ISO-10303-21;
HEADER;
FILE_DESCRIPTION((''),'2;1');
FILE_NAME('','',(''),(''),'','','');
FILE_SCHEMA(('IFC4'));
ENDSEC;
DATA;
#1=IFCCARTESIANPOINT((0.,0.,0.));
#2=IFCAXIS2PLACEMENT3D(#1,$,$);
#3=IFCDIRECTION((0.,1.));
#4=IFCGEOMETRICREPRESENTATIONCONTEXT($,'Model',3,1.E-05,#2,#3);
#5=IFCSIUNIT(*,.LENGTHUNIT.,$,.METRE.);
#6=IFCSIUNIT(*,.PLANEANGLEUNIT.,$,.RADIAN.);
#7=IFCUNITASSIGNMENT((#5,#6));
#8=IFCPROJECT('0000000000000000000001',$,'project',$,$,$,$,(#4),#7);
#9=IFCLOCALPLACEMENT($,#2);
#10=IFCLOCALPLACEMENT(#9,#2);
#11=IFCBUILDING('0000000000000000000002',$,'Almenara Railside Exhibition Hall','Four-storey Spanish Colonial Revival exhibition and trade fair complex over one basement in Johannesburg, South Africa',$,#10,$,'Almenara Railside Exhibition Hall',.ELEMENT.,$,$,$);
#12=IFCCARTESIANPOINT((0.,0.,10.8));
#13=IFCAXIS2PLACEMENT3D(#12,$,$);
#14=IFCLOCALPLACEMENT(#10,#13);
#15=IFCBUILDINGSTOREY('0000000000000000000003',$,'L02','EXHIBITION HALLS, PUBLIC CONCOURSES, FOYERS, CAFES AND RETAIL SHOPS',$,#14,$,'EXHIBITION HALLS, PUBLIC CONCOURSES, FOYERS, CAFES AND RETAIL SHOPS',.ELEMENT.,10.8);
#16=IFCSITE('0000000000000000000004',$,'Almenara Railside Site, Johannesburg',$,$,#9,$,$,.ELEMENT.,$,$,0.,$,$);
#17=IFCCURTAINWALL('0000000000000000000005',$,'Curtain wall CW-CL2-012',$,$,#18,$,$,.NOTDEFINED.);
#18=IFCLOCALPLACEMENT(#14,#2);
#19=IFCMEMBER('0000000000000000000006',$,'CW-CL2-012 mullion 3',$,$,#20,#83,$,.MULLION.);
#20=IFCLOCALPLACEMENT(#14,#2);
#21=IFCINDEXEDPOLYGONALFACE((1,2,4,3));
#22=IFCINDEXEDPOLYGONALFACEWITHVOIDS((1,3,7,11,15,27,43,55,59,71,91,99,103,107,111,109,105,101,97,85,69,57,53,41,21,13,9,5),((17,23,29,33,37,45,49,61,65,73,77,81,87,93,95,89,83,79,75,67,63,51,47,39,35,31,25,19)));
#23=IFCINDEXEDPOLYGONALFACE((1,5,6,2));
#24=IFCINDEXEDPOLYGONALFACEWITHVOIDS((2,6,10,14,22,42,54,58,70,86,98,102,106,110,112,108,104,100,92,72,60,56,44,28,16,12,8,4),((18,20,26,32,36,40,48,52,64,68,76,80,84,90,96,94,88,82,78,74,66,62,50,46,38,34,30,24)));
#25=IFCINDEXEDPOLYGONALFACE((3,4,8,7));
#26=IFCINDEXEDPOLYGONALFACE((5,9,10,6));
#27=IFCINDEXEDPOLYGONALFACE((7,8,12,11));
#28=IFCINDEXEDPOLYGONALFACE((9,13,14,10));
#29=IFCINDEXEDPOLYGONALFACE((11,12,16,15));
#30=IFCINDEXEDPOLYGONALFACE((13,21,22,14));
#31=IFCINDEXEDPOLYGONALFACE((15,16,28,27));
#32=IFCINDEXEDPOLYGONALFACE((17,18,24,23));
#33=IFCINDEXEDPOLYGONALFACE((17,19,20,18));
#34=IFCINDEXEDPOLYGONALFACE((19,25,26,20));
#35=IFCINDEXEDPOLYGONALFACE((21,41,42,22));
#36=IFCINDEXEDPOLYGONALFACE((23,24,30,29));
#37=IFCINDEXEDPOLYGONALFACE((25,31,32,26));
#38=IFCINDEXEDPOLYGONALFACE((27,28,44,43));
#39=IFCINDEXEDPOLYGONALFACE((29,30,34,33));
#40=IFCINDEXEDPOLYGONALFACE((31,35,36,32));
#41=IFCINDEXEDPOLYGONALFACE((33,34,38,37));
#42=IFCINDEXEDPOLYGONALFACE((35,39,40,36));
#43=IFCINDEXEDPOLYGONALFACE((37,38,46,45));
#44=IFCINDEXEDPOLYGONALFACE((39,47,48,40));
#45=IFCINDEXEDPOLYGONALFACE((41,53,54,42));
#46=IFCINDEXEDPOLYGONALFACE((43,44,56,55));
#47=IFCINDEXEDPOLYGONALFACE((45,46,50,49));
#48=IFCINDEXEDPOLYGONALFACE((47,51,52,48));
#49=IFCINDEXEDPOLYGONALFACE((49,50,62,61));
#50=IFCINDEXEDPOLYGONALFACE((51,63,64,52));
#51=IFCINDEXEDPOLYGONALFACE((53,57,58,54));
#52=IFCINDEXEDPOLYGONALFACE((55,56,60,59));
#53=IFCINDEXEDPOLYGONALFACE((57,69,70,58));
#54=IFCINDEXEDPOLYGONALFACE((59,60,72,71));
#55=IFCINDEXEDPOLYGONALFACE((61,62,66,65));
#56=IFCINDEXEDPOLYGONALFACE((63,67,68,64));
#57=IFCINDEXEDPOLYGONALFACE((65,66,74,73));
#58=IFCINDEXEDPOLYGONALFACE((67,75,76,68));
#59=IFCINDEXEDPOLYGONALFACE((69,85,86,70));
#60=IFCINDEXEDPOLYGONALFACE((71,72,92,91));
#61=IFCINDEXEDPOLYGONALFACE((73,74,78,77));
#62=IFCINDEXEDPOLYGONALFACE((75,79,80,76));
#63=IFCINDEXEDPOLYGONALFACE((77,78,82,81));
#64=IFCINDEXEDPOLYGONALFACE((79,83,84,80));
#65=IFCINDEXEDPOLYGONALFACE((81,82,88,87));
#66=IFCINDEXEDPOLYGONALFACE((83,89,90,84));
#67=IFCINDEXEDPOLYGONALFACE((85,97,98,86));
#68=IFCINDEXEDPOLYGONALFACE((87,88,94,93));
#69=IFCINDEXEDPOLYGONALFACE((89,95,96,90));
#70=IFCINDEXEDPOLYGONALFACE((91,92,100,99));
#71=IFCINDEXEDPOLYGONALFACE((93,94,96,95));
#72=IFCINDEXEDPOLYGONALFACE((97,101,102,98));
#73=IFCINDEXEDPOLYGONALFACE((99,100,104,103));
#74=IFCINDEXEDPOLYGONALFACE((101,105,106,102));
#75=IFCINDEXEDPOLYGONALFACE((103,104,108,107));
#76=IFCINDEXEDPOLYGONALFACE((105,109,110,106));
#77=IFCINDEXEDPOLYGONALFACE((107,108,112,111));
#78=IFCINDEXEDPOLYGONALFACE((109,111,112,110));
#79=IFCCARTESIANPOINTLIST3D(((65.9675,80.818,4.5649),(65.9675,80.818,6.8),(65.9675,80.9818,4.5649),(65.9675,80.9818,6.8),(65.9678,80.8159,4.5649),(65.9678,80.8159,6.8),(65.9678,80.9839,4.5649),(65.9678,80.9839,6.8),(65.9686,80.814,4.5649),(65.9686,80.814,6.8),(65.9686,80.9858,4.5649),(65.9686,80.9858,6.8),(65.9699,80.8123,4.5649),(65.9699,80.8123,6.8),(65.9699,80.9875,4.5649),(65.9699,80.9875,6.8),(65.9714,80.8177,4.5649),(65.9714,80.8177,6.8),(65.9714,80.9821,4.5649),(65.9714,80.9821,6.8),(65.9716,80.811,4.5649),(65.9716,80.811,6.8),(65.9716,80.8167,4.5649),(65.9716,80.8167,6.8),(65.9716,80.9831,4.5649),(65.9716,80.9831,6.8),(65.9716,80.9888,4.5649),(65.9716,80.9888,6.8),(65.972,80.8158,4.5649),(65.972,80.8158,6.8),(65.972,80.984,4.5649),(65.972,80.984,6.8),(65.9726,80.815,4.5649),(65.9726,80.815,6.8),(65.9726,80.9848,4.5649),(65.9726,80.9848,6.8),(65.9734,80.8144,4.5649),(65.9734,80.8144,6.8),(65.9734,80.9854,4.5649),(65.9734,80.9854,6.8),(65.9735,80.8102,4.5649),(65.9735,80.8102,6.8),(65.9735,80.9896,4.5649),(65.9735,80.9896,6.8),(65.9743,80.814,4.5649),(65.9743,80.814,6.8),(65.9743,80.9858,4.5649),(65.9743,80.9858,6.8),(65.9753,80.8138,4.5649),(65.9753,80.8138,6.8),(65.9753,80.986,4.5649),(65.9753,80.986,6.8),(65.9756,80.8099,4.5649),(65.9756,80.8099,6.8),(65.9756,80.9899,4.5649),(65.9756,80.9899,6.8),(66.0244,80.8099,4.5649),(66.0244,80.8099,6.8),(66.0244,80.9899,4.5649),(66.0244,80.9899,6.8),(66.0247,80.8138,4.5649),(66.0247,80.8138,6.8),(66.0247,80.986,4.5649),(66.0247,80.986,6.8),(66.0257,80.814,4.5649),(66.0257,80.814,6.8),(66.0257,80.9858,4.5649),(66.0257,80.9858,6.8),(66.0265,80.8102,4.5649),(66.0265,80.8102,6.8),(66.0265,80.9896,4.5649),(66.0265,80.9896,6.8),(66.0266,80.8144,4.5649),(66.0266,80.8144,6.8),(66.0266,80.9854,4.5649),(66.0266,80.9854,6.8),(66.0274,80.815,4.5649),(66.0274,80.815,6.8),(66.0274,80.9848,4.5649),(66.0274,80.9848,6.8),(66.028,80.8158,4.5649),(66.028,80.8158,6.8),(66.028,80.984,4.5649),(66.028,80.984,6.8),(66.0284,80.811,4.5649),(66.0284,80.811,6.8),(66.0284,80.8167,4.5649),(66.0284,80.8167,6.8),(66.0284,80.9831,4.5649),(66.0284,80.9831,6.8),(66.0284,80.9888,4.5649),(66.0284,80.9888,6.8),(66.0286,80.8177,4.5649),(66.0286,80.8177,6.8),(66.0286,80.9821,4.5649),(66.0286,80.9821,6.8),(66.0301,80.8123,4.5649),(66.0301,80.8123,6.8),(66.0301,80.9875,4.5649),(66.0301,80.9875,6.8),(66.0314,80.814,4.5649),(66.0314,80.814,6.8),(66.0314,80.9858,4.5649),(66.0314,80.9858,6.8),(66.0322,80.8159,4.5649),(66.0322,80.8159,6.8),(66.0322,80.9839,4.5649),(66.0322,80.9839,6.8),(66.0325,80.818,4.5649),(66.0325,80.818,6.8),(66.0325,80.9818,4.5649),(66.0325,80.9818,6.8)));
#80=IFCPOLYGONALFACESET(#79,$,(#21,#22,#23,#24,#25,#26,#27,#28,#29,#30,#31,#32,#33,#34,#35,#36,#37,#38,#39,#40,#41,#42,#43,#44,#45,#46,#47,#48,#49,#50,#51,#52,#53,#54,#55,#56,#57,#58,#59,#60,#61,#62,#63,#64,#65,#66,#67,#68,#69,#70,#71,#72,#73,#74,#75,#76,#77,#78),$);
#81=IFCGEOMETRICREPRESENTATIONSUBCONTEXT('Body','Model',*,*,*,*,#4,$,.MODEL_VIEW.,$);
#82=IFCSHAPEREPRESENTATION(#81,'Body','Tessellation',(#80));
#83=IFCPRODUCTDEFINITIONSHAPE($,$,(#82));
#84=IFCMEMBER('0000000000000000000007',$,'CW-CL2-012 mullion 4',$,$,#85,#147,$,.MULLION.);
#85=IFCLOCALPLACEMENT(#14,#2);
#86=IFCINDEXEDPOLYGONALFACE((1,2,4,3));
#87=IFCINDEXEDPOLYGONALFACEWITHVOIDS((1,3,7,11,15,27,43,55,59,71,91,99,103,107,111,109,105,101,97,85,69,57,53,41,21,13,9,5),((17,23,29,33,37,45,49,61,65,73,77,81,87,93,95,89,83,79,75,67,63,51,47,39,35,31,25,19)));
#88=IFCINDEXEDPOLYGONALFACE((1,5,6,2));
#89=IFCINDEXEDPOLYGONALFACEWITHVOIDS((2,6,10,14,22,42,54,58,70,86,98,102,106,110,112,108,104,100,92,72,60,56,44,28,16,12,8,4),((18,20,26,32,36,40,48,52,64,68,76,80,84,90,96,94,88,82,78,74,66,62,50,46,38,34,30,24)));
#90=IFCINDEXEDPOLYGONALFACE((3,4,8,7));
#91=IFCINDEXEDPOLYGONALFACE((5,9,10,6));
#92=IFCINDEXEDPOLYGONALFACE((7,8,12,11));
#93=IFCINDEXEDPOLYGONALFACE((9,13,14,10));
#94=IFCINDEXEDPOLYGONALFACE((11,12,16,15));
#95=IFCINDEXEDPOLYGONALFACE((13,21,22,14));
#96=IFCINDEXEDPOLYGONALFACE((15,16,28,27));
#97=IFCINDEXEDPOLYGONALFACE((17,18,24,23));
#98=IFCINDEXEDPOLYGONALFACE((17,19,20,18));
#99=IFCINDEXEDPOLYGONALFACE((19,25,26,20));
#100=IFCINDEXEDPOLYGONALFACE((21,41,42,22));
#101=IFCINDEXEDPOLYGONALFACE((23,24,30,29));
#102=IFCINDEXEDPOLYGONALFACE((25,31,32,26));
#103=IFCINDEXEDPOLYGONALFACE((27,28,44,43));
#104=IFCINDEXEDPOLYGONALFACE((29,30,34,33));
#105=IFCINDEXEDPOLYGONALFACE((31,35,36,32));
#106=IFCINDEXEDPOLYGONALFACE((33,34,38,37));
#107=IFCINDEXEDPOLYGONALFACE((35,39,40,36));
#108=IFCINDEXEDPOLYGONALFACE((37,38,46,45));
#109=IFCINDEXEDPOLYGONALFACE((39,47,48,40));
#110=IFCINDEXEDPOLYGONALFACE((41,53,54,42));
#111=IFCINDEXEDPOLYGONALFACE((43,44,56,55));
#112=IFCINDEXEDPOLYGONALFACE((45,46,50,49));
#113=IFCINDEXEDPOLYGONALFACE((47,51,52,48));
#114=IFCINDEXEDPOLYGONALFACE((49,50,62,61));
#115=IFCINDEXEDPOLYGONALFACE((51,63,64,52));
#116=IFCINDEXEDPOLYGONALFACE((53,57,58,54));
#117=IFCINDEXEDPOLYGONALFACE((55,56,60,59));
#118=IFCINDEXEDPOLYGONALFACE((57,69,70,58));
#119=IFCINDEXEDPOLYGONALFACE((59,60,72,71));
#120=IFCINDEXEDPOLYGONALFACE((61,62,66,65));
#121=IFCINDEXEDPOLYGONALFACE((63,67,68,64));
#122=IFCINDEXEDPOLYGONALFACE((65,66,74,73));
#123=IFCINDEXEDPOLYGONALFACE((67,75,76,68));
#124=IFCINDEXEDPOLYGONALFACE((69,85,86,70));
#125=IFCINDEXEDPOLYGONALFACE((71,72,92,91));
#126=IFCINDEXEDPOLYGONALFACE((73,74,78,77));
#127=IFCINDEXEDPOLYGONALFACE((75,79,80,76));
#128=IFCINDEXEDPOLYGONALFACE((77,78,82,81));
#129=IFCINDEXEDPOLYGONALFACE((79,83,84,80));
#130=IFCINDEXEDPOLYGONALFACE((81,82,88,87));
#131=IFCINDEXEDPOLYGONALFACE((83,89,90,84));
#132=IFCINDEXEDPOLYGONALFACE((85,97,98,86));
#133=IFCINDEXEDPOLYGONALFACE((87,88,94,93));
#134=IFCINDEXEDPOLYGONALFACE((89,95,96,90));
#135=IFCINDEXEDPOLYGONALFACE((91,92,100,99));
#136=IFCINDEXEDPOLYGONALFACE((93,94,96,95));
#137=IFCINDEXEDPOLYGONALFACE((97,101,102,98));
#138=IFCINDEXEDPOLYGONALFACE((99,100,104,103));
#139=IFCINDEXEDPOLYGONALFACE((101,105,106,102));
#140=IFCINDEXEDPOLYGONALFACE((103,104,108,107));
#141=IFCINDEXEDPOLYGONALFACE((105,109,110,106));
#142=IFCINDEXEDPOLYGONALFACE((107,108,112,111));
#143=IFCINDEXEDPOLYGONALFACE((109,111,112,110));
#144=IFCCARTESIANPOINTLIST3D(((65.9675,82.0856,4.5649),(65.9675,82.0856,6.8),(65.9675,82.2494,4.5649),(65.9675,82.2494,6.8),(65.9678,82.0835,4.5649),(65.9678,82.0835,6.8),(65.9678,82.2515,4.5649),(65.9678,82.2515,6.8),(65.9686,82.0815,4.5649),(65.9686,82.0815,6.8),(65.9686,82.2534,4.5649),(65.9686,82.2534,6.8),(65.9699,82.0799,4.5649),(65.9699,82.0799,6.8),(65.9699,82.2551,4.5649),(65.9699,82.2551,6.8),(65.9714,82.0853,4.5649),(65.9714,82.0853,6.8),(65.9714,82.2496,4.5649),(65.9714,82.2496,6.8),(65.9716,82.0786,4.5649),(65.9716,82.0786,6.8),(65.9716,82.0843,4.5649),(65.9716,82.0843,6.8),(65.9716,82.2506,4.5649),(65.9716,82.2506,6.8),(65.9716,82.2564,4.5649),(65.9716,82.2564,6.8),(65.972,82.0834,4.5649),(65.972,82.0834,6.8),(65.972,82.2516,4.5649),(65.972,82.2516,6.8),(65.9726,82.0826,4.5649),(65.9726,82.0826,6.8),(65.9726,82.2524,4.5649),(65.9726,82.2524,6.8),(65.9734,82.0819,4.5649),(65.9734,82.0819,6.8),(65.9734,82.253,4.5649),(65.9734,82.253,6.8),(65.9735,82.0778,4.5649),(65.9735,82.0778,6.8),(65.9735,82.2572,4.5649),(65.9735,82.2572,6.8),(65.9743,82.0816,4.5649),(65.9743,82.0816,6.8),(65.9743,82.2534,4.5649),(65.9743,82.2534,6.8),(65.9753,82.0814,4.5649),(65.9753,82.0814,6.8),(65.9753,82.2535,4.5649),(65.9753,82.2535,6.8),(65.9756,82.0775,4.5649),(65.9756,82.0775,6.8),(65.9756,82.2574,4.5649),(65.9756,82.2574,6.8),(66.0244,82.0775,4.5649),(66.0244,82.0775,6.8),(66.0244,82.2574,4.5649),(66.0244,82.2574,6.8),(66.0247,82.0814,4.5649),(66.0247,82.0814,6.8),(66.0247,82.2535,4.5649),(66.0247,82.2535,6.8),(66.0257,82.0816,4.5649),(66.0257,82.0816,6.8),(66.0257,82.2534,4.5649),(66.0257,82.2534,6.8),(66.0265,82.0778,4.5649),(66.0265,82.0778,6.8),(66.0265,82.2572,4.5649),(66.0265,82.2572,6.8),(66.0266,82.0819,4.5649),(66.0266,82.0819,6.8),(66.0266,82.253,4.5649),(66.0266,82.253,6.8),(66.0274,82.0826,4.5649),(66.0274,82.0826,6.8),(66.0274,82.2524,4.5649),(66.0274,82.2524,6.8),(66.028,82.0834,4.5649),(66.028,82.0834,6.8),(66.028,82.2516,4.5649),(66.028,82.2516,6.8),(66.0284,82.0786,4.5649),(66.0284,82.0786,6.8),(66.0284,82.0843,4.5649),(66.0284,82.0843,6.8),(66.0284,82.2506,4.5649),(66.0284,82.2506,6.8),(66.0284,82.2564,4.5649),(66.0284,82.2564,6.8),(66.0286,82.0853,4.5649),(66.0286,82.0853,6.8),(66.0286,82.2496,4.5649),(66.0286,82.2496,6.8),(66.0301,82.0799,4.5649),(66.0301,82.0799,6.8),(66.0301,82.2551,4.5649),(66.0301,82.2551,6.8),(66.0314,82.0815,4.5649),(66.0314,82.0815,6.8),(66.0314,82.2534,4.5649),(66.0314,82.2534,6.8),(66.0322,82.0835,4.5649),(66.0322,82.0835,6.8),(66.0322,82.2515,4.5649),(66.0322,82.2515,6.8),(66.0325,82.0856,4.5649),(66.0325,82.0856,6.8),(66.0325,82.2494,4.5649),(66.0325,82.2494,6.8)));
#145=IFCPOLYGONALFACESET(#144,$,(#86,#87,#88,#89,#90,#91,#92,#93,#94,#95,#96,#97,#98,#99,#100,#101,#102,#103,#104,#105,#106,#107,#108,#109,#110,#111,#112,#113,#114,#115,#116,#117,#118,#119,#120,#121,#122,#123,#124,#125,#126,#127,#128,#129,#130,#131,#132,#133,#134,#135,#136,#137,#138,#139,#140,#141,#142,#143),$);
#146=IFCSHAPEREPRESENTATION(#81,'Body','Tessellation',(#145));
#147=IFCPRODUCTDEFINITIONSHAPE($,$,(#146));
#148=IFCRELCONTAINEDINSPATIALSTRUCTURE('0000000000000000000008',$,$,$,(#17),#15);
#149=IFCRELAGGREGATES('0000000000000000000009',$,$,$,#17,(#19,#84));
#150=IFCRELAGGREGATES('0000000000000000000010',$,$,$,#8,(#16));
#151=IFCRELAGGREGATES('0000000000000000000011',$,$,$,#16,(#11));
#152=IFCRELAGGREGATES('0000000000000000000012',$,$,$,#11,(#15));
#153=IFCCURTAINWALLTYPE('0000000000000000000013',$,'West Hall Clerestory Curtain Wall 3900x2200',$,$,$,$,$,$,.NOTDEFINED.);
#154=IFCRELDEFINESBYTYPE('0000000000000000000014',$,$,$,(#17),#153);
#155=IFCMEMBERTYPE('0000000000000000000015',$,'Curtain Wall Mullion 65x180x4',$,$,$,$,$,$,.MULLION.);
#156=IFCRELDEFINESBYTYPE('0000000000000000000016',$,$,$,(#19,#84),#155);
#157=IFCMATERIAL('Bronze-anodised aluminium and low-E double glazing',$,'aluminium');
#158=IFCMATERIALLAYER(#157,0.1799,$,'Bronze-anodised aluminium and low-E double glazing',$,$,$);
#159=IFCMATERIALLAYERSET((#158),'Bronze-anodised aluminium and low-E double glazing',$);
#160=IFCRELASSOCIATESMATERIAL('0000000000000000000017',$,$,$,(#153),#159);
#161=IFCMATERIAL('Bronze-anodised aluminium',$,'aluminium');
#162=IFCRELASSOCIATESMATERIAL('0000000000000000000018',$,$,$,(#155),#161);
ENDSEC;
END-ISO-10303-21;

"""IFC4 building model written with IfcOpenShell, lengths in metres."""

from ifc_helpers import new_model, si_unit, direction, frame, origin, origin_2d, place, context, subcontext, project, spatial, hollow_rectangle, extrude, material, layer, layer_set, material_profile, profile_set, type_object, element, aggregate, save


model = new_model("IFC4")

# Units and contexts
model_context = context("Model", 3, precision=1e-05, world=origin(), true_north=direction((0.0, 1.0)))
body_context = subcontext(model_context, "Body", "Model", "MODEL_VIEW")
ifc_project = project(units=[si_unit("LENGTHUNIT", "METRE"), si_unit("PLANEANGLEUNIT", "RADIAN")], contexts=[model_context])

# Site, building, storey
site_placement = place(None, origin())
site = spatial("IfcSite", under=ifc_project, at=site_placement, Name="Almenara Railside Site, Johannesburg", CompositionType="ELEMENT", RefElevation=0.0)
building_placement = place(site_placement, origin())
building = spatial("IfcBuilding", under=site, at=building_placement, Name="Almenara Railside Exhibition Hall", Description="Four-storey Spanish Colonial Revival exhibition and trade fair complex over one basement in Johannesburg, South Africa", LongName="Almenara Railside Exhibition Hall", CompositionType="ELEMENT")
storey_placement = place(building_placement, frame((0.0, 0.0, 10.8)))
storey = spatial("IfcBuildingStorey", under=building, at=storey_placement, Name="L02", Description="EXHIBITION HALLS, PUBLIC CONCOURSES, FOYERS, CAFES AND RETAIL SHOPS", LongName="EXHIBITION HALLS, PUBLIC CONCOURSES, FOYERS, CAFES AND RETAIL SHOPS", CompositionType="ELEMENT", Elevation=10.8)

# Curtain wall, members
ifc_material_1 = material(Name="Bronze-anodised aluminium and low-E double glazing", Category="aluminium")
ifc_layer_1 = layer(ifc_material_1, 0.1799, Name="Bronze-anodised aluminium and low-E double glazing")
ifc_layer_set_1 = layer_set([ifc_layer_1], Name="Bronze-anodised aluminium and low-E double glazing")
curtain_wall_type_1 = type_object("IfcCurtainWallType", Name="West Hall Clerestory Curtain Wall 3900x2200", PredefinedType="NOTDEFINED", material=ifc_layer_set_1)
curtain_wall_1_placement = place(storey_placement, origin())
curtain_wall_1 = element("IfcCurtainWall", 1, at=curtain_wall_1_placement, inside=storey, type_object=curtain_wall_type_1, Name="Curtain wall CW-CL2-012", PredefinedType="NOTDEFINED")
ifc_material_2 = material(Name="Bronze-anodised aluminium", Category="aluminium")
ifc_material_profile_1 = material_profile(ifc_material_2, hollow_rectangle(XDim=0.0649, YDim=0.1799, WallThickness=0.0039, InnerFilletRadius=0.0039, OuterFilletRadius=0.0081, at=origin_2d()), Name="ALU-MUL 65x180x4")
ifc_profile_set_1 = profile_set([ifc_material_profile_1], Name="Bronze-anodised aluminium")
member_type_1 = type_object("IfcMemberType", Name="Curtain Wall Mullion 65x180x4", PredefinedType="MULLION", material=ifc_profile_set_1)
member_1_placement = place(storey_placement, frame((66.0, 80.8999, 4.5649), z_axis=(0.0, 0.0, 1.0), x_axis=(-1.0, 0.0, 0.0)))
member_1 = element("IfcMember", 2, at=member_1_placement, type_object=member_type_1, Name="CW-CL2-012 mullion 3", PredefinedType="MULLION", context=body_context, shape_type="SweptSolid", body=[
    extrude(hollow_rectangle(XDim=0.0649, YDim=0.1799, WallThickness=0.0039, InnerFilletRadius=0.0039, OuterFilletRadius=0.0081, at=origin_2d()), origin(), (0.0, 0.0, 1.0), 2.2351),
])
member_2_placement = place(storey_placement, frame((66.0, 82.1675, 4.5649), z_axis=(0.0, 0.0, 1.0), x_axis=(-1.0, 0.0, 0.0)))
member_2 = element("IfcMember", 3, at=member_2_placement, type_object=member_type_1, Name="CW-CL2-012 mullion 4", PredefinedType="MULLION", context=body_context, shape_type="SweptSolid", body=[
    extrude(hollow_rectangle(XDim=0.0649, YDim=0.1799, WallThickness=0.0039, InnerFilletRadius=0.0039, OuterFilletRadius=0.0081, at=origin_2d()), origin(), (0.0, 0.0, 1.0), 2.2351),
])

aggregate(curtain_wall_1, [member_1, member_2])

save(model, "model.ifc")
